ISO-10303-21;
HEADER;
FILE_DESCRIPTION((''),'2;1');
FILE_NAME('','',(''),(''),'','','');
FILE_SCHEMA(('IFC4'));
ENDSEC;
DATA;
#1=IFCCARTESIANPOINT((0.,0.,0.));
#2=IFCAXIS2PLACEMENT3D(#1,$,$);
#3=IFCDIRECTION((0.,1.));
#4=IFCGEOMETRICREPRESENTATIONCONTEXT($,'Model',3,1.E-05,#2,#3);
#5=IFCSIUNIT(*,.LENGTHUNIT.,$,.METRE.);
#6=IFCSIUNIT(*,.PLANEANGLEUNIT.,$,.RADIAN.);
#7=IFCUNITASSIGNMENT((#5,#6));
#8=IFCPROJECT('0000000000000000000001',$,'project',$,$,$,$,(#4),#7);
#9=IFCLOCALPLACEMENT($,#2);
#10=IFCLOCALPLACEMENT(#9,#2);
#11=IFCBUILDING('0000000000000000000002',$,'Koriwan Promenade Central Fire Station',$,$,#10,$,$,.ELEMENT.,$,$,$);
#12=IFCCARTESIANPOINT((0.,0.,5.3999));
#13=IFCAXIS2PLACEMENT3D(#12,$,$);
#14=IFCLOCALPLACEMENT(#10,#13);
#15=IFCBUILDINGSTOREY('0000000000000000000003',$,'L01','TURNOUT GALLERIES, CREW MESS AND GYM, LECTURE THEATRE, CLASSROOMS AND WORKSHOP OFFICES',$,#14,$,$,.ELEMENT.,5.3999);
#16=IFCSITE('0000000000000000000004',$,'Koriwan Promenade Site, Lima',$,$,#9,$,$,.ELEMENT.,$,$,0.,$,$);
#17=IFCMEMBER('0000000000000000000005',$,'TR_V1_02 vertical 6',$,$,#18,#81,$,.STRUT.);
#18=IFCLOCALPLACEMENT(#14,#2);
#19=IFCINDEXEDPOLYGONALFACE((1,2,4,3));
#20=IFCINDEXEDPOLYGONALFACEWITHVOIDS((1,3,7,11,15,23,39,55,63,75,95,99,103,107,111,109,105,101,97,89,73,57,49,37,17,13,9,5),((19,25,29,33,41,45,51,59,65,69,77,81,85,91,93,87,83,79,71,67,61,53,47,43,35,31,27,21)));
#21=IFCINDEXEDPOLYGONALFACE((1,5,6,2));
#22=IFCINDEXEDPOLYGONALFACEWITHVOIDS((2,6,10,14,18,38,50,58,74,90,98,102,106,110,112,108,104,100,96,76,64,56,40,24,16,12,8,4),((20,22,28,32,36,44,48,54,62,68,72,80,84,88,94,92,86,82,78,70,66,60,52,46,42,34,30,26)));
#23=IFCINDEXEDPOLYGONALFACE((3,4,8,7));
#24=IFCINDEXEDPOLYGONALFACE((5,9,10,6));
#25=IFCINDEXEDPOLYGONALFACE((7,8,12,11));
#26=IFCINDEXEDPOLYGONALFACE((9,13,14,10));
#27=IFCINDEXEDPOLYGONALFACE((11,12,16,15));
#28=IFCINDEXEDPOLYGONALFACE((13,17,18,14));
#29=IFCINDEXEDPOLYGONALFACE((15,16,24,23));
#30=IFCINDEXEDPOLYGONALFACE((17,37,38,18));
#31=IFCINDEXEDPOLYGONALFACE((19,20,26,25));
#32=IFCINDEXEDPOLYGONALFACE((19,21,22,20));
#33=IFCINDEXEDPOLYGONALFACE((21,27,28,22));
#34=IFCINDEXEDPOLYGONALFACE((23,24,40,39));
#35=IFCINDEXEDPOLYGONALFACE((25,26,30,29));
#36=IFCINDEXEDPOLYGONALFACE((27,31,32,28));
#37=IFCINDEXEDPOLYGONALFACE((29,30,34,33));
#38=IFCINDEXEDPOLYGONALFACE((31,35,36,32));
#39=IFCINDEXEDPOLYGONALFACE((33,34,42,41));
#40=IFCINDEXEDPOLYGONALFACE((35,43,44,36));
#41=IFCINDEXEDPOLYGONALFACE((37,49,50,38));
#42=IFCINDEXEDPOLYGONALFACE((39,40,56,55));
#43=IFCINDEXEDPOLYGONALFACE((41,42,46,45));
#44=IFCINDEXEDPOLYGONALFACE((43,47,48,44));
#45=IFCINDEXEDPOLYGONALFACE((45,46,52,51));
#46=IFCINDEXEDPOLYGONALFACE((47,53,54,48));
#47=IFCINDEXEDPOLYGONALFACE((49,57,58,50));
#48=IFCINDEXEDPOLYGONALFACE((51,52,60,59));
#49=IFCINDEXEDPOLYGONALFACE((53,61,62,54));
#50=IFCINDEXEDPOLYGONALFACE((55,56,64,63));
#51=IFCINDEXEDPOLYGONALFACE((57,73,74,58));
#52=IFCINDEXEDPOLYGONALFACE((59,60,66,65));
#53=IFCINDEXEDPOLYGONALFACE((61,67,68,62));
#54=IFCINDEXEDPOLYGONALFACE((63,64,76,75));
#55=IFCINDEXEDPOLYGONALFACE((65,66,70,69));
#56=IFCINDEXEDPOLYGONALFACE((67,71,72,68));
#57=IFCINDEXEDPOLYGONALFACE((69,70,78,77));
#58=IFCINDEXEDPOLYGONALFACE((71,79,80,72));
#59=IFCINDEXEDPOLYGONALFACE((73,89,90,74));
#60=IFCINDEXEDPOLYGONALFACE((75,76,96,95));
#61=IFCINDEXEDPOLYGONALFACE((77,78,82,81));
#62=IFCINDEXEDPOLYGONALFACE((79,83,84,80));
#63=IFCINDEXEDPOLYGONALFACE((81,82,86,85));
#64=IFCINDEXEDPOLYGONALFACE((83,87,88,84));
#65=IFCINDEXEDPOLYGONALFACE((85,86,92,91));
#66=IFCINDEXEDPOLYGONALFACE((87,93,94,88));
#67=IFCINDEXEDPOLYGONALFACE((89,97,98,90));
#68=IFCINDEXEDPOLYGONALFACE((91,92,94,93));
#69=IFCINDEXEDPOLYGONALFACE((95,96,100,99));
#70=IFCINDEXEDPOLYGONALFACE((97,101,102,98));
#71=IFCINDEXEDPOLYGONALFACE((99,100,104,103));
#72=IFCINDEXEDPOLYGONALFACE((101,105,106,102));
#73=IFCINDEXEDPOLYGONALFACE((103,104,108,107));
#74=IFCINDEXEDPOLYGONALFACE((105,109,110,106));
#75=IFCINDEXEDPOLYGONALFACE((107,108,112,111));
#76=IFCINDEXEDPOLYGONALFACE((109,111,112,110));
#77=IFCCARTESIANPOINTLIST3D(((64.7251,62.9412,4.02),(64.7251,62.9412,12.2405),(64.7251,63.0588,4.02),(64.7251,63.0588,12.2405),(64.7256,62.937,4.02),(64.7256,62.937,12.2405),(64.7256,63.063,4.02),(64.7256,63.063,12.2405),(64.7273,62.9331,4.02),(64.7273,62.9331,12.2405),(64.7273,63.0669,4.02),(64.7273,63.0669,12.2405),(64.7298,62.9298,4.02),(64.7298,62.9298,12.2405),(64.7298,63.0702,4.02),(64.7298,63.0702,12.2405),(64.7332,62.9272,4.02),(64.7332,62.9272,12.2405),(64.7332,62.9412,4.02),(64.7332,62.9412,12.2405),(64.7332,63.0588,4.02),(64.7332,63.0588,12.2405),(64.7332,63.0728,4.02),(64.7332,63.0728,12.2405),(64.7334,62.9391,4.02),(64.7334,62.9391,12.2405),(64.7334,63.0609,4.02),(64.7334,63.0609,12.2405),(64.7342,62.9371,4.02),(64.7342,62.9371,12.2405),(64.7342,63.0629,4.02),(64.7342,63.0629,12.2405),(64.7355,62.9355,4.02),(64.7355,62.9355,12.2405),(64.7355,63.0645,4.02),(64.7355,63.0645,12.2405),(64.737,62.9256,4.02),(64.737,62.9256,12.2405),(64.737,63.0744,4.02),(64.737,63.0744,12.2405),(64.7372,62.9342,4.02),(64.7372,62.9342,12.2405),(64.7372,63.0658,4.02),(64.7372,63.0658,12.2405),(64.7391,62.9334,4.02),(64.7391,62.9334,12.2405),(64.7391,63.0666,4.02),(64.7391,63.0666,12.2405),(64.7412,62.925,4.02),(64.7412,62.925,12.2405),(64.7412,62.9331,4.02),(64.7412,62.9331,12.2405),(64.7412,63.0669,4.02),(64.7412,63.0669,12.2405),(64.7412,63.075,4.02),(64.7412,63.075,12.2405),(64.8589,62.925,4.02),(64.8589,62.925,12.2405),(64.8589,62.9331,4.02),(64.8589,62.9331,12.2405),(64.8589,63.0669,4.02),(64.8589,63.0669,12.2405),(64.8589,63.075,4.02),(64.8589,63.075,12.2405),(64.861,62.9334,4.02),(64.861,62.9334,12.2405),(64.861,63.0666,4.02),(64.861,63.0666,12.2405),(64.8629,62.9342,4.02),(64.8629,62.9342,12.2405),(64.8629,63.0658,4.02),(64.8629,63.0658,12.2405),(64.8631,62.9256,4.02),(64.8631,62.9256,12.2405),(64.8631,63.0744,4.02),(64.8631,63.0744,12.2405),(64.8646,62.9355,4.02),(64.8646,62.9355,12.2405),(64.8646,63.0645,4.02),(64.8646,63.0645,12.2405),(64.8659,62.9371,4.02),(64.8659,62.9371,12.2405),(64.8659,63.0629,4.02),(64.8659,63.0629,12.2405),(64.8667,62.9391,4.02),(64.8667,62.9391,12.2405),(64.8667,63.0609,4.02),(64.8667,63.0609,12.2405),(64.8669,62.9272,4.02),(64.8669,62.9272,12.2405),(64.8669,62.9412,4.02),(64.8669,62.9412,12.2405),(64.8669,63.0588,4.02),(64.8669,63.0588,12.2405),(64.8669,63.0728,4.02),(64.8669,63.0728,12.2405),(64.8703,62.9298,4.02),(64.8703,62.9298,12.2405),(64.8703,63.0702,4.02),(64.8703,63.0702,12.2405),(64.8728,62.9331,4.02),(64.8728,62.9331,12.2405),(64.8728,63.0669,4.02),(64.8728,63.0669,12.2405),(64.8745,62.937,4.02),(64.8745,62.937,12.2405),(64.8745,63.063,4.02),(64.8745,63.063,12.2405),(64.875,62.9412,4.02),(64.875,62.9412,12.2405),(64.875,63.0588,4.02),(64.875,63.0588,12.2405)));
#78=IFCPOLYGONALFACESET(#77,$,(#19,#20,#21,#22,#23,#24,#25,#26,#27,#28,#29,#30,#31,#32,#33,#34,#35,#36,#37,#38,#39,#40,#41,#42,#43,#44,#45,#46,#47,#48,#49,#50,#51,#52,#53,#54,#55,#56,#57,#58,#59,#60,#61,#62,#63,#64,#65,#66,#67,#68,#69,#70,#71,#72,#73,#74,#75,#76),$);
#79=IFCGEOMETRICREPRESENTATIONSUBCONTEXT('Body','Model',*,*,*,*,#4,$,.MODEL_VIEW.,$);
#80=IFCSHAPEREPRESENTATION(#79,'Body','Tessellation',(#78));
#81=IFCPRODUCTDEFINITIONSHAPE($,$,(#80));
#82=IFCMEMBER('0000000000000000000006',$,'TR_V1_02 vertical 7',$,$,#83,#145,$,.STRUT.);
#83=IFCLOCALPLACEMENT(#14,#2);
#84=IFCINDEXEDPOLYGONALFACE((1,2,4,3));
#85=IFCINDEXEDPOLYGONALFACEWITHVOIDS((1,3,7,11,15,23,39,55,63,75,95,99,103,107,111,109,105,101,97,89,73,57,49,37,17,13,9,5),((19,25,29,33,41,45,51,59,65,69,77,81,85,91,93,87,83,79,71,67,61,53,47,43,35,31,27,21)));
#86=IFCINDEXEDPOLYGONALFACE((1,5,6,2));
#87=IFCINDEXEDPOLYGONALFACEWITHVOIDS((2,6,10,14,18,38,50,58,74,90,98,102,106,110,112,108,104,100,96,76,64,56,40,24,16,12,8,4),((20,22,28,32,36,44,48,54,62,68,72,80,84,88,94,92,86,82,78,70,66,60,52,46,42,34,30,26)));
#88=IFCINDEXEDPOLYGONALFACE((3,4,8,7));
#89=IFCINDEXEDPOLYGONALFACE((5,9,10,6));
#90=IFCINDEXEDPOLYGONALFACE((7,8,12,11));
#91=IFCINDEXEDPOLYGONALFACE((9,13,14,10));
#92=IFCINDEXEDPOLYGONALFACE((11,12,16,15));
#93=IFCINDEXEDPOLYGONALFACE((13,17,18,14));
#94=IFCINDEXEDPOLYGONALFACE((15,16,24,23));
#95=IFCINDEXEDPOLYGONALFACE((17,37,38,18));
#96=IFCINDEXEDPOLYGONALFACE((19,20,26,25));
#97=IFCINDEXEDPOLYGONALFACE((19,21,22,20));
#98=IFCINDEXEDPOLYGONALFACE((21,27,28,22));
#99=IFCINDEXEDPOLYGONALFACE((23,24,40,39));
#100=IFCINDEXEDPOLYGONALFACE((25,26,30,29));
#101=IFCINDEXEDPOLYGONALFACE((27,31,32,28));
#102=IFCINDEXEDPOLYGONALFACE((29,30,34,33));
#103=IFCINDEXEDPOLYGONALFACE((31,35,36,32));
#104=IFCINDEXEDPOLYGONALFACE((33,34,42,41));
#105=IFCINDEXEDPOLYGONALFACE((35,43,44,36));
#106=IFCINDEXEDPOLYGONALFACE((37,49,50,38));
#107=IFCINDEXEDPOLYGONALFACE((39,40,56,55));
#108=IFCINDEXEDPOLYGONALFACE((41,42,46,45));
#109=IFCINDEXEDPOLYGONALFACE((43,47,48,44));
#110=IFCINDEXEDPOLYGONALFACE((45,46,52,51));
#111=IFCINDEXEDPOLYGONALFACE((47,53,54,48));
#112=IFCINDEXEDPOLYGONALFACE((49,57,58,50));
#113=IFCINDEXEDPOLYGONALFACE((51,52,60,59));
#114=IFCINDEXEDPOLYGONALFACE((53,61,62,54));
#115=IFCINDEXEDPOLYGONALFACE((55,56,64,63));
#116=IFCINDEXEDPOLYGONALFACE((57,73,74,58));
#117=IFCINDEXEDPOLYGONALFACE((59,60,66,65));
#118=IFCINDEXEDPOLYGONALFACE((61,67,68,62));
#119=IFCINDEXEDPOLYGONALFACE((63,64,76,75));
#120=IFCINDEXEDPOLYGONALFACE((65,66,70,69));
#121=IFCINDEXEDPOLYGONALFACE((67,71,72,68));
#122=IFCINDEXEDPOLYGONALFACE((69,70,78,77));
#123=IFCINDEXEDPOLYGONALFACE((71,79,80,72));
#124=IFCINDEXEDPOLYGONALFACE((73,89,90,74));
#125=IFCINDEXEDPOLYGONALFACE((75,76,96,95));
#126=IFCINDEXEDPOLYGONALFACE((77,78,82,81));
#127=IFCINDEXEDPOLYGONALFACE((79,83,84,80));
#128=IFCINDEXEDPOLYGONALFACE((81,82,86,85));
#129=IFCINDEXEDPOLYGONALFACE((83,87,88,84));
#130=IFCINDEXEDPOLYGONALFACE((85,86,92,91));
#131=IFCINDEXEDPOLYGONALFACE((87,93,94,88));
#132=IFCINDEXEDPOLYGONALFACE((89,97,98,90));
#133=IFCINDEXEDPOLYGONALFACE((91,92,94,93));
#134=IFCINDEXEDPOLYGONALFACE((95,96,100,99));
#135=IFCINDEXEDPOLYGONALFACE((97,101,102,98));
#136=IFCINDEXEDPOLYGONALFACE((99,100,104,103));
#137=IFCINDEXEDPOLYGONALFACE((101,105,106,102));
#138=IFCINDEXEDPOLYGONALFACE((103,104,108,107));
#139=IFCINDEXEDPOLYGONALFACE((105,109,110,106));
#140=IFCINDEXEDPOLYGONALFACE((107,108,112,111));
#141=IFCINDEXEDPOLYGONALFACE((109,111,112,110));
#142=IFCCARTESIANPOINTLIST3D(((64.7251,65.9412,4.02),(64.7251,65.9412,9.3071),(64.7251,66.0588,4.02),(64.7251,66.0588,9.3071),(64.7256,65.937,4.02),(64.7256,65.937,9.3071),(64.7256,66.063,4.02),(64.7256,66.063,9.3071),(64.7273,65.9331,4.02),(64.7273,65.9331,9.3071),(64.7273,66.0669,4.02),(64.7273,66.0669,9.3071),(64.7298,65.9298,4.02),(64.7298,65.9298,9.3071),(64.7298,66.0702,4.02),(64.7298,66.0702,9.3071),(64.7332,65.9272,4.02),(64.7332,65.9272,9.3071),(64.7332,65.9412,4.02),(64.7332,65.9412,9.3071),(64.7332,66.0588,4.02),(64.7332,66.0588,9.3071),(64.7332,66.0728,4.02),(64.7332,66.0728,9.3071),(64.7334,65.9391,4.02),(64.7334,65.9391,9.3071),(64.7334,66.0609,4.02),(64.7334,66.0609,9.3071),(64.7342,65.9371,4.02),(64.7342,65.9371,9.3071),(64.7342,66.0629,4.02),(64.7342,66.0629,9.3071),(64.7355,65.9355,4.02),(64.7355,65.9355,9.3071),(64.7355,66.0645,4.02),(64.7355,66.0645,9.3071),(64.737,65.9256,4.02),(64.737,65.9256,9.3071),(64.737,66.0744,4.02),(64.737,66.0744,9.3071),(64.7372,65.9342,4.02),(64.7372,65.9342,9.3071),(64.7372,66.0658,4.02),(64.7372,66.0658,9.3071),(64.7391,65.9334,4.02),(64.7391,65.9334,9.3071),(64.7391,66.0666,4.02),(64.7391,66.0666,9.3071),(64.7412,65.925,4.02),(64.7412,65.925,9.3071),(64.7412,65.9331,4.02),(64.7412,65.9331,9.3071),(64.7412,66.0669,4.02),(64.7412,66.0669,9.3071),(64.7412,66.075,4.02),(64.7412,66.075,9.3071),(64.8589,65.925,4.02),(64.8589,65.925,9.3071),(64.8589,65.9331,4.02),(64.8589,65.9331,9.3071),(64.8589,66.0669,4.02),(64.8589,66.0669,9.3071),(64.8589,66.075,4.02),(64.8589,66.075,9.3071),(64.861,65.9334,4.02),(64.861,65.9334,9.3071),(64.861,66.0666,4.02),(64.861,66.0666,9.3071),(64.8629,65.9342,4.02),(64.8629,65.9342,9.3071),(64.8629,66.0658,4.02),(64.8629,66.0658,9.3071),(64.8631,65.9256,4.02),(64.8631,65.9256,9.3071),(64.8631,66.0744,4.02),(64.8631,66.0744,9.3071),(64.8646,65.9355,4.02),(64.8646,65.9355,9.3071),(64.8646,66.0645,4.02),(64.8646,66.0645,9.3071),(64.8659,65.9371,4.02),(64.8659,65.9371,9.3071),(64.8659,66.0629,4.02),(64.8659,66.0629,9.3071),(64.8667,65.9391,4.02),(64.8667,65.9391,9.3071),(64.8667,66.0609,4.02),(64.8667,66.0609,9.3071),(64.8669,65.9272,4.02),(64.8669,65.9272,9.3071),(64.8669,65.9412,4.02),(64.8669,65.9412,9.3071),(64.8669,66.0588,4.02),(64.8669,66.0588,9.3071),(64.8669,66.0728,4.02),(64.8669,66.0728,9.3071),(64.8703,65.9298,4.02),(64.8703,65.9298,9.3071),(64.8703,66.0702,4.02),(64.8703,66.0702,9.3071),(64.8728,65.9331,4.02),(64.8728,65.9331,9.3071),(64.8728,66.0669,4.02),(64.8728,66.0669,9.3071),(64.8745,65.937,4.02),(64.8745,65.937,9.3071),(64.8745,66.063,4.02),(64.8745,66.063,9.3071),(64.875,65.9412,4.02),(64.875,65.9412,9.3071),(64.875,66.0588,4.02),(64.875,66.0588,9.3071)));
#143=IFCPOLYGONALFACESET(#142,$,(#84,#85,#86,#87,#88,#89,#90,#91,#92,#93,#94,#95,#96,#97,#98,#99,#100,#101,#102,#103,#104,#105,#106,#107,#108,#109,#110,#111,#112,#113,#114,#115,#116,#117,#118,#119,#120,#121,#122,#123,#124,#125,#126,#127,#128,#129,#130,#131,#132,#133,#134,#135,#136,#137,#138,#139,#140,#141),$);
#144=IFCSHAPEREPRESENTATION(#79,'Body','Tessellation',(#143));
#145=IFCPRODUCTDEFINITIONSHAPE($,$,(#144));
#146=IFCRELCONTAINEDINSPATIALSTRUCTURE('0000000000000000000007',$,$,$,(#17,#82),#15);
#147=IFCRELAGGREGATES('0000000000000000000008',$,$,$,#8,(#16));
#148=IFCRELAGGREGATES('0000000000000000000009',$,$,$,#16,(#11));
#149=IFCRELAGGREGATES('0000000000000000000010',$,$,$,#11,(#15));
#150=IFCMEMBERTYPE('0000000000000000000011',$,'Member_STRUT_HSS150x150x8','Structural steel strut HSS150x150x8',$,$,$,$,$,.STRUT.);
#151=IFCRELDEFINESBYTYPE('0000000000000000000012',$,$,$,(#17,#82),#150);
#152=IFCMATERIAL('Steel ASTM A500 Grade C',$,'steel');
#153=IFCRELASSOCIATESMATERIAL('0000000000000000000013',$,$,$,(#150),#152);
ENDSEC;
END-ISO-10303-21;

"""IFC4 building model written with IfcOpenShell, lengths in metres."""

from ifc_helpers import new_model, si_unit, direction, frame, origin, origin_2d, place, context, subcontext, project, spatial, hollow_rectangle, extrude, material, material_profile, profile_set, type_object, element, save


model = new_model("IFC4")

# Units and contexts
model_context = context("Model", 3, precision=1e-05, world=origin(), true_north=direction((0.0, 1.0)))
body_context = subcontext(model_context, "Body", "Model", "MODEL_VIEW")
ifc_project = project(units=[si_unit("LENGTHUNIT", "METRE"), si_unit("PLANEANGLEUNIT", "RADIAN")], contexts=[model_context])

# Site, building, storey
site_placement = place(None, origin())
site = spatial("IfcSite", under=ifc_project, at=site_placement, Name="Koriwan Promenade Site, Lima", CompositionType="ELEMENT", RefElevation=0.0)
building_placement = place(site_placement, origin())
building = spatial("IfcBuilding", under=site, at=building_placement, Name="Koriwan Promenade Central Fire Station", CompositionType="ELEMENT")
storey_placement = place(building_placement, frame((0.0, 0.0, 5.3999)))
storey = spatial("IfcBuildingStorey", under=building, at=storey_placement, Name="L01", Description="TURNOUT GALLERIES, CREW MESS AND GYM, LECTURE THEATRE, CLASSROOMS AND WORKSHOP OFFICES", CompositionType="ELEMENT", Elevation=5.3999)

# Members
ifc_material_1 = material(Name="Steel ASTM A500 Grade C", Category="steel")
ifc_material_profile_1 = material_profile(ifc_material_1, hollow_rectangle(XDim=0.1499, YDim=0.1499, WallThickness=0.0081, InnerFilletRadius=0.0081, OuterFilletRadius=0.0161, at=origin_2d()), Name="HSS150x150x8")
ifc_profile_set_1 = profile_set([ifc_material_profile_1], Name="Steel ASTM A500 Grade C")
member_type_1 = type_object("IfcMemberType", Name="Member_STRUT_HSS150x150x8", Description="Structural steel strut HSS150x150x8", PredefinedType="STRUT", material=ifc_profile_set_1)
member_1_placement = place(storey_placement, frame((64.8, 63.0, 4.02), z_axis=(0.0, 0.0, 1.0), x_axis=(1.0, 0.0, 0.0)))
element("IfcMember", 1, at=member_1_placement, inside=storey, type_object=member_type_1, Name="TR_V1_02 vertical 6", PredefinedType="STRUT", context=body_context, shape_type="SweptSolid", body=[
    extrude(hollow_rectangle(XDim=0.1499, YDim=0.1499, WallThickness=0.0081, InnerFilletRadius=0.0081, OuterFilletRadius=0.0161, at=origin_2d()), origin(), (0.0, 0.0, 1.0), 8.2205),
])
member_2_placement = place(storey_placement, frame((64.8, 66.0, 4.02), z_axis=(0.0, 0.0, 1.0), x_axis=(1.0, 0.0, 0.0)))
element("IfcMember", 2, at=member_2_placement, inside=storey, type_object=member_type_1, Name="TR_V1_02 vertical 7", PredefinedType="STRUT", context=body_context, shape_type="SweptSolid", body=[
    extrude(hollow_rectangle(XDim=0.1499, YDim=0.1499, WallThickness=0.0081, InnerFilletRadius=0.0081, OuterFilletRadius=0.0161, at=origin_2d()), origin(), (0.0, 0.0, 1.0), 5.2871),
])

save(model, "model.ifc")
